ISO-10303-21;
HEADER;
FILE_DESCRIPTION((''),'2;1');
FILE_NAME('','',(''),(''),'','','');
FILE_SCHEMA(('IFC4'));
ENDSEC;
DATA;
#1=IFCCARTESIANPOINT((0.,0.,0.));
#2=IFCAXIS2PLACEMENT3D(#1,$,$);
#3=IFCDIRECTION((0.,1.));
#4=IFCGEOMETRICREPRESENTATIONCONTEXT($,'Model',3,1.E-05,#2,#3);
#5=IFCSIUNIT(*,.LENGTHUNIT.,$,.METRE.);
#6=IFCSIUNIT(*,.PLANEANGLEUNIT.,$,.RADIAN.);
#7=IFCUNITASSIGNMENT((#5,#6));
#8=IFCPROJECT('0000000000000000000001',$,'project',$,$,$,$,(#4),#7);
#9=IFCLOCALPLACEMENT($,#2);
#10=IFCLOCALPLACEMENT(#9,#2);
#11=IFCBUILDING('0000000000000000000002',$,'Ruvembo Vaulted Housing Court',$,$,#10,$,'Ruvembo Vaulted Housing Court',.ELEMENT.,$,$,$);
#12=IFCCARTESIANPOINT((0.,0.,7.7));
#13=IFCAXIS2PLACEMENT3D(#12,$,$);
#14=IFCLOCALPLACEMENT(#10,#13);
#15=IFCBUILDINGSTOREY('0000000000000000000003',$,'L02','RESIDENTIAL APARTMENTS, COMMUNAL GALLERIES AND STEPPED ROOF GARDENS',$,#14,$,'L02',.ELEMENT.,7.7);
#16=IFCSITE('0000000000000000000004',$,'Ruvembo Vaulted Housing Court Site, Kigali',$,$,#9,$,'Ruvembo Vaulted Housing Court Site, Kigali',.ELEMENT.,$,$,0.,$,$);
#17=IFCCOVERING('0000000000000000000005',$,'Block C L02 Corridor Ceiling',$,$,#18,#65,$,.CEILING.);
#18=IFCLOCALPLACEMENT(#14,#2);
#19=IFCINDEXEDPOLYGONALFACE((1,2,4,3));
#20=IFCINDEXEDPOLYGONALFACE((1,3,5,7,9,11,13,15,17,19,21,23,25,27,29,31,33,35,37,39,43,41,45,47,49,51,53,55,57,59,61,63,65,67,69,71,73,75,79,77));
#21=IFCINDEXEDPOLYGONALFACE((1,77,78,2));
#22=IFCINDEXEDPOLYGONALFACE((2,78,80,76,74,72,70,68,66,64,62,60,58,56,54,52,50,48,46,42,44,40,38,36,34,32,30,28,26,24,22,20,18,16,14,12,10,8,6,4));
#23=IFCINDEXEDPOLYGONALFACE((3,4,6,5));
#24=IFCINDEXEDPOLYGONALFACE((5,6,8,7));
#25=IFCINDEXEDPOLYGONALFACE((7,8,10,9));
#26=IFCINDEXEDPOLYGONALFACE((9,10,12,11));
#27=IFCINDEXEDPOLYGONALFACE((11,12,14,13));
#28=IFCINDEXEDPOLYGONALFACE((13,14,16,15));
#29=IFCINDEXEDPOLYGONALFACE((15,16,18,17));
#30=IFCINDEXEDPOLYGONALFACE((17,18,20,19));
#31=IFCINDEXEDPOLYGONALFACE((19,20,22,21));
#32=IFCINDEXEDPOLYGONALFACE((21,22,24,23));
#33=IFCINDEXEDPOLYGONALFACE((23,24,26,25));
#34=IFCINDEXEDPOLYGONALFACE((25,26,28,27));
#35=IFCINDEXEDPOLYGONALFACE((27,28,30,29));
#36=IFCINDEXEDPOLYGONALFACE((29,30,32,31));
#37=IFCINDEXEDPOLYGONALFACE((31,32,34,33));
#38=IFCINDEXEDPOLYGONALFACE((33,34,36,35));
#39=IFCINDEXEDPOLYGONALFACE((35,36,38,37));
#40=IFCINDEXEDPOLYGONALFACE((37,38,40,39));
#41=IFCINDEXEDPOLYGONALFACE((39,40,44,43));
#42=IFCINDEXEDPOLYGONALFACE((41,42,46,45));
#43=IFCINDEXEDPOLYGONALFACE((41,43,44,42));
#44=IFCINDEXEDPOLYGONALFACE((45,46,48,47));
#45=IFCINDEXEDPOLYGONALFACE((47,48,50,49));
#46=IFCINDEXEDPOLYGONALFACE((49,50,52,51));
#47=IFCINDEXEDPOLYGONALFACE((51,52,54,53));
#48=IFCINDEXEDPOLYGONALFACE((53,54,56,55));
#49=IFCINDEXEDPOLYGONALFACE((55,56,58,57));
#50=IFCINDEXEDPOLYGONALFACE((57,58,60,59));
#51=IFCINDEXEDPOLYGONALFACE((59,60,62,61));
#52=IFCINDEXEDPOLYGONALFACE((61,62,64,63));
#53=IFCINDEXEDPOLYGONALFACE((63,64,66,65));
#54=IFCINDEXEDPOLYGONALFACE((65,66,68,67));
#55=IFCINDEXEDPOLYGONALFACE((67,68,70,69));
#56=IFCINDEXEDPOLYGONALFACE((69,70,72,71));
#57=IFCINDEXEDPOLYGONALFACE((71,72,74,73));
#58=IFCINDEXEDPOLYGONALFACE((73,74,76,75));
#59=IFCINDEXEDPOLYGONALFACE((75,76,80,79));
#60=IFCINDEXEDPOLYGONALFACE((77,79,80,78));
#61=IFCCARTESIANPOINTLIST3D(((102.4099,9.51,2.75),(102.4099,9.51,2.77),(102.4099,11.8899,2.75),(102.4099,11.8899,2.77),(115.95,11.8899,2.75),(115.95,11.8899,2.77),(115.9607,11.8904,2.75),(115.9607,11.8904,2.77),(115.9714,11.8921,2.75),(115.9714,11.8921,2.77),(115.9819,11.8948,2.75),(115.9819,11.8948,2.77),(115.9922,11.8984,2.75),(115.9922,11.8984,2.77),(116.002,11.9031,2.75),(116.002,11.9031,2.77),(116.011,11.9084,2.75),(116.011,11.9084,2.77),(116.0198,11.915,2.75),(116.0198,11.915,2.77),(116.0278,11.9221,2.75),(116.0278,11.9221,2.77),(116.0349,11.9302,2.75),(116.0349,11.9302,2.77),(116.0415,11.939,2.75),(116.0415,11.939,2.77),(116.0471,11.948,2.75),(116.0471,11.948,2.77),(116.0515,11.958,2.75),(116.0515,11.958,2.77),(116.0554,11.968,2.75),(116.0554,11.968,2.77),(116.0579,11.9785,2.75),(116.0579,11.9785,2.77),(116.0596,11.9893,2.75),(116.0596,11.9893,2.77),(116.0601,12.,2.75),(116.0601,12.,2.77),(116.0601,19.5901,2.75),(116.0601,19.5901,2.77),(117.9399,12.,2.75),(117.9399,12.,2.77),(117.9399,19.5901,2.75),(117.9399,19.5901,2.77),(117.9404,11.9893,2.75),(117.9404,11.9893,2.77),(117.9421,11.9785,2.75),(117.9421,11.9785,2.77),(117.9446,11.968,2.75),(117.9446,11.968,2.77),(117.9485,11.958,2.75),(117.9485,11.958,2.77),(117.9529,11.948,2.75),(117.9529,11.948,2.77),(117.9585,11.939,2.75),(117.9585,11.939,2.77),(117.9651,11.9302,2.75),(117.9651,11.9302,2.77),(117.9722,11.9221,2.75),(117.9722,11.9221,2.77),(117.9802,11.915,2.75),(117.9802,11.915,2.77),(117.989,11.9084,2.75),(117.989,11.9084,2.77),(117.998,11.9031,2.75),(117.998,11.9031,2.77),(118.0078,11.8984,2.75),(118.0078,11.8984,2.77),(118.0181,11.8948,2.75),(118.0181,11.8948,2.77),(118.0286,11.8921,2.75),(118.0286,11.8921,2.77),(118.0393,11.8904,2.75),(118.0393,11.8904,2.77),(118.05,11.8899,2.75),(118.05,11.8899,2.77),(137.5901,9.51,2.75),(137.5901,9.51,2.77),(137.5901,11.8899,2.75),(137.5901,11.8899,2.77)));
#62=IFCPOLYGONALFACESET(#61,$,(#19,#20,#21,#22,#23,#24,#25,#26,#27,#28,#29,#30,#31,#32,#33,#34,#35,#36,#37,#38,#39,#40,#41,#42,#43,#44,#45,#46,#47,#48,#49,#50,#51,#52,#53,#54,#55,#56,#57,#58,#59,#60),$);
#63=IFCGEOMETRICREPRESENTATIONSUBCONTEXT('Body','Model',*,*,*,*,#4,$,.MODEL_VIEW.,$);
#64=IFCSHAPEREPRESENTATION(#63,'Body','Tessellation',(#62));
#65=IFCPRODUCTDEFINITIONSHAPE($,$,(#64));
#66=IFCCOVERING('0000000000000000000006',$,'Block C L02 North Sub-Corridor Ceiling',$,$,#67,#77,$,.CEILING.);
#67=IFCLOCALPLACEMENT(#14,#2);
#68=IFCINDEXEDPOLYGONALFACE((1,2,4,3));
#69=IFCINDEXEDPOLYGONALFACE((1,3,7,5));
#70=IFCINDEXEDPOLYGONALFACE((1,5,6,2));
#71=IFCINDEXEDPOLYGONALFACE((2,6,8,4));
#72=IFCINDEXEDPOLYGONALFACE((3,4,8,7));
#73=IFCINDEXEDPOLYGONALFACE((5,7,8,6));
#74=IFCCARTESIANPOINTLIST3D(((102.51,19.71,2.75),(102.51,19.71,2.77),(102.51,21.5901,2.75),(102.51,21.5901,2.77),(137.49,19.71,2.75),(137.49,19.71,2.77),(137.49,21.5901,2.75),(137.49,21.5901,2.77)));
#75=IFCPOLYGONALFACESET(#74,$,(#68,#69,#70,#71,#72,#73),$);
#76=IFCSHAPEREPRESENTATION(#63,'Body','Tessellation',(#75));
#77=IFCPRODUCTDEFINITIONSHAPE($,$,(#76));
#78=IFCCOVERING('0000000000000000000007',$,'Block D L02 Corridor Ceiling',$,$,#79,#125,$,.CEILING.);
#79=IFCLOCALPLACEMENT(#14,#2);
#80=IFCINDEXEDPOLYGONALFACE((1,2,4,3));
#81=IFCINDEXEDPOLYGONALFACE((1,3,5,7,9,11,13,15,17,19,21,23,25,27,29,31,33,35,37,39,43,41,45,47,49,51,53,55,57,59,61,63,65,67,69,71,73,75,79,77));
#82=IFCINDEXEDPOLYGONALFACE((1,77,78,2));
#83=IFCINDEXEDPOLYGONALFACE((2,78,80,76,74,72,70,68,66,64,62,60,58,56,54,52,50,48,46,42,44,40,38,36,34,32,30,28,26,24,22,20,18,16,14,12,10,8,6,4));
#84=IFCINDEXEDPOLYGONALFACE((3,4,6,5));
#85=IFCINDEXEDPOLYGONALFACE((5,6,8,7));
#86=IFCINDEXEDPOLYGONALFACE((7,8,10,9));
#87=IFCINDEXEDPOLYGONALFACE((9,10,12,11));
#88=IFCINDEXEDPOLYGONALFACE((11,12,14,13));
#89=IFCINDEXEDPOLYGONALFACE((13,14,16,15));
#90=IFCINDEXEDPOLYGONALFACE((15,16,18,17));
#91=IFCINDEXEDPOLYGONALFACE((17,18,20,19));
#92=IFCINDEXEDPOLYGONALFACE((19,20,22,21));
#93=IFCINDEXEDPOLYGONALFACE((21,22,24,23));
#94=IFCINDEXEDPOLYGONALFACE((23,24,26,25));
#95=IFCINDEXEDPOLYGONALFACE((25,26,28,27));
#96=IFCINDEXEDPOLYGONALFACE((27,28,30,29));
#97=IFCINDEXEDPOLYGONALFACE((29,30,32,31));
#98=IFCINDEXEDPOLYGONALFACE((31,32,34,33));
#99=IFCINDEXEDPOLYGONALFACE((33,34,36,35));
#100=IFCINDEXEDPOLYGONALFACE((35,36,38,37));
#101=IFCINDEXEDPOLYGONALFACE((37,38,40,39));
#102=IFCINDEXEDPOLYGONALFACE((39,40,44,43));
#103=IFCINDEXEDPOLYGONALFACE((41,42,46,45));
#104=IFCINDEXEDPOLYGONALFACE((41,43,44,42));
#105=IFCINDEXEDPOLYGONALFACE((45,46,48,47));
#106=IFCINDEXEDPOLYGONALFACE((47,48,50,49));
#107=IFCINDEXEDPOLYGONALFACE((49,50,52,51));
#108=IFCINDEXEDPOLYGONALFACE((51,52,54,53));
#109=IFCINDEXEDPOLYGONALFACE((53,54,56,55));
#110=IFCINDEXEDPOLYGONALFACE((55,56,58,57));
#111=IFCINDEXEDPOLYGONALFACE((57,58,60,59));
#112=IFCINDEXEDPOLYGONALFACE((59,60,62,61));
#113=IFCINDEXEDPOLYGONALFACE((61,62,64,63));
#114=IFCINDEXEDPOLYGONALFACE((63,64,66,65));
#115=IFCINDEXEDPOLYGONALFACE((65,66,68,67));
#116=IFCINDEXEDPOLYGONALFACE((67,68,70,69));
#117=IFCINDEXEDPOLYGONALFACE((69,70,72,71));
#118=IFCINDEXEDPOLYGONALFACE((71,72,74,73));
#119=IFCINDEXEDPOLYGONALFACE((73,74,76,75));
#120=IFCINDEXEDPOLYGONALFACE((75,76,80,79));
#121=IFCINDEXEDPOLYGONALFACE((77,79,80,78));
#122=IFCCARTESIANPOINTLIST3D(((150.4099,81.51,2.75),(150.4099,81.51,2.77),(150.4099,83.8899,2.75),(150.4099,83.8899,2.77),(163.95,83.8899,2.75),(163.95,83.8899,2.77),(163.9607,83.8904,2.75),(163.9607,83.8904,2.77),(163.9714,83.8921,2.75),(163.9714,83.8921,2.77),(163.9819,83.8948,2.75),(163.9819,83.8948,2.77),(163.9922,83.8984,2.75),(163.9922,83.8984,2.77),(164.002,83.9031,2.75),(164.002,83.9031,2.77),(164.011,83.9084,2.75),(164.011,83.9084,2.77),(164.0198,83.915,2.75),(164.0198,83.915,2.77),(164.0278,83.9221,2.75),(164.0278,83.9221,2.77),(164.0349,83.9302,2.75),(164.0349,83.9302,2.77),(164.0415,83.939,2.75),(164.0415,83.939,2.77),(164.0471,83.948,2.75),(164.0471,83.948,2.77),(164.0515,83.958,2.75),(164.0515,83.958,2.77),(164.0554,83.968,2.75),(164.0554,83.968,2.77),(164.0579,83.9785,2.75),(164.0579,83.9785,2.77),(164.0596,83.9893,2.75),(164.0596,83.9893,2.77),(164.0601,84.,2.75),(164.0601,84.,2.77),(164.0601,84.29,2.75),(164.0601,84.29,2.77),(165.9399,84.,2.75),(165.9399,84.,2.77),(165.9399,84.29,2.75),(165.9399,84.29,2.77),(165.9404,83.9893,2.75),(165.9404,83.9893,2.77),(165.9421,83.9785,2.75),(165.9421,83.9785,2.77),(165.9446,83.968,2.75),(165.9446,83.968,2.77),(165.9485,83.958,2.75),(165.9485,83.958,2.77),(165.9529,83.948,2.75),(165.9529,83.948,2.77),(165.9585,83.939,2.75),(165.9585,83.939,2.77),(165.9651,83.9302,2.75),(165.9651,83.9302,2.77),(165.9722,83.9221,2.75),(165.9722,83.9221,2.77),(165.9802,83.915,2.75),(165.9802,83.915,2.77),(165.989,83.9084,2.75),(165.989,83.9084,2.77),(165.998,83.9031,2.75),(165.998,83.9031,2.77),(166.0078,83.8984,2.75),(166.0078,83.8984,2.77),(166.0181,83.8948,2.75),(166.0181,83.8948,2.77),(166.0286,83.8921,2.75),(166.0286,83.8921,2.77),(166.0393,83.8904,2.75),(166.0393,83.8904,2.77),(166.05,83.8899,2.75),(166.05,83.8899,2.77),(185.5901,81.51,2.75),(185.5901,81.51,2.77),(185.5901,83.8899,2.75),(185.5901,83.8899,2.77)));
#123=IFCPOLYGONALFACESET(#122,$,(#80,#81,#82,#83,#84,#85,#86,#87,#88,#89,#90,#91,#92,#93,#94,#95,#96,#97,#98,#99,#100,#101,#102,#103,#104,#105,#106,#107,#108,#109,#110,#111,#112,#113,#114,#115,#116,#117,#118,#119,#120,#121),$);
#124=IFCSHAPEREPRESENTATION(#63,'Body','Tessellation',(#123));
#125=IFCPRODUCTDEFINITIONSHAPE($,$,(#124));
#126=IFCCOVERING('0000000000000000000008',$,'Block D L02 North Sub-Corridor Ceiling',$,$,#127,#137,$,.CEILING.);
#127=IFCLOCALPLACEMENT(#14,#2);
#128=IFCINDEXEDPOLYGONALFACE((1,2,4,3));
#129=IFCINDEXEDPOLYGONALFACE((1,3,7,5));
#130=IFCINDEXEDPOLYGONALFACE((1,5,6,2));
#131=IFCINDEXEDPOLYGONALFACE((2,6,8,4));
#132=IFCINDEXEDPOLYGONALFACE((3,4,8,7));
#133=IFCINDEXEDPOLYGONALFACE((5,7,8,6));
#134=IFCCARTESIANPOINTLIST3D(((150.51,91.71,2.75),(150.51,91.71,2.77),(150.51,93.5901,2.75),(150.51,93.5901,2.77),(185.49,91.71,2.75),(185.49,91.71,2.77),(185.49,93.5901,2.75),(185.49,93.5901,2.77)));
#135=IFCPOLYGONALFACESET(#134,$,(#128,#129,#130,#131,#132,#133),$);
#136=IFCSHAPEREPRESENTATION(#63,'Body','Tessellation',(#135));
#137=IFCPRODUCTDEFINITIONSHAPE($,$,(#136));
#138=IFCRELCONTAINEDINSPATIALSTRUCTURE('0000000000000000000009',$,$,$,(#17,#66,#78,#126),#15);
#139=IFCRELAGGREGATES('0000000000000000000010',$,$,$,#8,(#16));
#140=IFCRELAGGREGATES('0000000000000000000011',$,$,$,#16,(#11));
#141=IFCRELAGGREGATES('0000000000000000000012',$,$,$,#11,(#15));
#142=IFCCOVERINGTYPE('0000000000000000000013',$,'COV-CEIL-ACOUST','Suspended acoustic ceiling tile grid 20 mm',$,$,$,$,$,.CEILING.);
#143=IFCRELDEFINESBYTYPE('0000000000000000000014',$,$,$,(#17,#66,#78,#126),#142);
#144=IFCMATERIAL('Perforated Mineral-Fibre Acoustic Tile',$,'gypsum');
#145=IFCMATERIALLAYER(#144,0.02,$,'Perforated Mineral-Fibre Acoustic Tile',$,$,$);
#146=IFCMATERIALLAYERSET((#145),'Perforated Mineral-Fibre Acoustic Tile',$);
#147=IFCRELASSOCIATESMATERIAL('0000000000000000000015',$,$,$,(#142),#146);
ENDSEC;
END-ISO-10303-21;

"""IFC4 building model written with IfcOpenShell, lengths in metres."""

from ifc_helpers import new_model, si_unit, direction, frame, origin, place, context, subcontext, project, spatial, polyline, outline, extrude, material, layer, layer_set, type_object, element, save


model = new_model("IFC4")

# Units and contexts
model_context = context("Model", 3, precision=1e-05, world=origin(), true_north=direction((0.0, 1.0)))
body_context = subcontext(model_context, "Body", "Model", "MODEL_VIEW")
ifc_project = project(units=[si_unit("LENGTHUNIT", "METRE"), si_unit("PLANEANGLEUNIT", "RADIAN")], contexts=[model_context])

# Site, building, storey
site_placement = place(None, origin())
site = spatial("IfcSite", under=ifc_project, at=site_placement, Name="Ruvembo Vaulted Housing Court Site, Kigali", LongName="Ruvembo Vaulted Housing Court Site, Kigali", CompositionType="ELEMENT", RefElevation=0.0)
building_placement = place(site_placement, origin())
building = spatial("IfcBuilding", under=site, at=building_placement, Name="Ruvembo Vaulted Housing Court", LongName="Ruvembo Vaulted Housing Court", CompositionType="ELEMENT")
storey_placement = place(building_placement, frame((0.0, 0.0, 7.7)))
storey = spatial("IfcBuildingStorey", under=building, at=storey_placement, Name="L02", Description="RESIDENTIAL APARTMENTS, COMMUNAL GALLERIES AND STEPPED ROOF GARDENS", LongName="L02", CompositionType="ELEMENT", Elevation=7.7)

# Coverings
ifc_material_1 = material(Name="Perforated Mineral-Fibre Acoustic Tile", Category="gypsum")
ifc_layer_1 = layer(ifc_material_1, 0.02, Name="Perforated Mineral-Fibre Acoustic Tile")
ifc_layer_set_1 = layer_set([ifc_layer_1], Name="Perforated Mineral-Fibre Acoustic Tile")
covering_type_1 = type_object("IfcCoveringType", Name="COV-CEIL-ACOUST", Description="Suspended acoustic ceiling tile grid 20 mm", PredefinedType="CEILING", material=ifc_layer_set_1)
covering_1_placement = place(storey_placement, frame((0.0, 0.0, 2.75)))
element("IfcCovering", 1, at=covering_1_placement, inside=storey, type_object=covering_type_1, Name="Block C L02 Corridor Ceiling", PredefinedType="CEILING", context=body_context, shape_type="SweptSolid", body=[
    extrude(outline(polyline([(137.5901, 9.51), (137.5901, 11.8899), (118.05, 11.8899), (118.0393, 11.8904), (118.0286, 11.8921), (118.0181, 11.8948), (118.0078, 11.8984), (117.998, 11.9031), (117.989, 11.9084), (117.9802, 11.915), (117.9722, 11.9221), (117.9651, 11.9302), (117.9585, 11.939), (117.9529, 11.948), (117.9485, 11.958), (117.9446, 11.968), (117.9421, 11.9785), (117.9404, 11.9893), (117.9399, 12.0), (117.9399, 19.5901), (116.0601, 19.5901), (116.0601, 12.0), (116.0596, 11.9893), (116.0579, 11.9785), (116.0554, 11.968), (116.0515, 11.958), (116.0471, 11.948), (116.0415, 11.939), (116.0349, 11.9302), (116.0278, 11.9221), (116.0198, 11.915), (116.011, 11.9084), (116.002, 11.9031), (115.9922, 11.8984), (115.9819, 11.8948), (115.9714, 11.8921), (115.9607, 11.8904), (115.95, 11.8899), (102.4099, 11.8899), (102.4099, 9.51), (137.5901, 9.51)])), origin(), (0.0, 0.0, 1.0), 0.02),
])
covering_2_placement = place(storey_placement, frame((0.0, 0.0, 2.75)))
element("IfcCovering", 2, at=covering_2_placement, inside=storey, type_object=covering_type_1, Name="Block C L02 North Sub-Corridor Ceiling", PredefinedType="CEILING", context=body_context, shape_type="SweptSolid", body=[
    extrude(outline(polyline([(102.51, 19.71), (137.49, 19.71), (137.49, 21.5901), (102.51, 21.5901), (102.51, 19.71)])), origin(), (0.0, 0.0, 1.0), 0.02),
])
covering_3_placement = place(storey_placement, frame((0.0, 0.0, 2.75)))
element("IfcCovering", 3, at=covering_3_placement, inside=storey, type_object=covering_type_1, Name="Block D L02 Corridor Ceiling", PredefinedType="CEILING", context=body_context, shape_type="SweptSolid", body=[
    extrude(outline(polyline([(185.5901, 81.51), (185.5901, 83.8899), (166.05, 83.8899), (166.0393, 83.8904), (166.0286, 83.8921), (166.0181, 83.8948), (166.0078, 83.8984), (165.998, 83.9031), (165.989, 83.9084), (165.9802, 83.915), (165.9722, 83.9221), (165.9651, 83.9302), (165.9585, 83.939), (165.9529, 83.948), (165.9485, 83.958), (165.9446, 83.968), (165.9421, 83.9785), (165.9404, 83.9893), (165.9399, 84.0), (165.9399, 84.29), (164.0601, 84.29), (164.0601, 84.0), (164.0596, 83.9893), (164.0579, 83.9785), (164.0554, 83.968), (164.0515, 83.958), (164.0471, 83.948), (164.0415, 83.939), (164.0349, 83.9302), (164.0278, 83.9221), (164.0198, 83.915), (164.011, 83.9084), (164.002, 83.9031), (163.9922, 83.8984), (163.9819, 83.8948), (163.9714, 83.8921), (163.9607, 83.8904), (163.95, 83.8899), (150.4099, 83.8899), (150.4099, 81.51), (185.5901, 81.51)])), origin(), (0.0, 0.0, 1.0), 0.02),
])
covering_4_placement = place(storey_placement, frame((0.0, 0.0, 2.75)))
element("IfcCovering", 4, at=covering_4_placement, inside=storey, type_object=covering_type_1, Name="Block D L02 North Sub-Corridor Ceiling", PredefinedType="CEILING", context=body_context, shape_type="SweptSolid", body=[
    extrude(outline(polyline([(150.51, 91.71), (185.49, 91.71), (185.49, 93.5901), (150.51, 93.5901), (150.51, 91.71)])), origin(), (0.0, 0.0, 1.0), 0.02),
])

save(model, "model.ifc")
